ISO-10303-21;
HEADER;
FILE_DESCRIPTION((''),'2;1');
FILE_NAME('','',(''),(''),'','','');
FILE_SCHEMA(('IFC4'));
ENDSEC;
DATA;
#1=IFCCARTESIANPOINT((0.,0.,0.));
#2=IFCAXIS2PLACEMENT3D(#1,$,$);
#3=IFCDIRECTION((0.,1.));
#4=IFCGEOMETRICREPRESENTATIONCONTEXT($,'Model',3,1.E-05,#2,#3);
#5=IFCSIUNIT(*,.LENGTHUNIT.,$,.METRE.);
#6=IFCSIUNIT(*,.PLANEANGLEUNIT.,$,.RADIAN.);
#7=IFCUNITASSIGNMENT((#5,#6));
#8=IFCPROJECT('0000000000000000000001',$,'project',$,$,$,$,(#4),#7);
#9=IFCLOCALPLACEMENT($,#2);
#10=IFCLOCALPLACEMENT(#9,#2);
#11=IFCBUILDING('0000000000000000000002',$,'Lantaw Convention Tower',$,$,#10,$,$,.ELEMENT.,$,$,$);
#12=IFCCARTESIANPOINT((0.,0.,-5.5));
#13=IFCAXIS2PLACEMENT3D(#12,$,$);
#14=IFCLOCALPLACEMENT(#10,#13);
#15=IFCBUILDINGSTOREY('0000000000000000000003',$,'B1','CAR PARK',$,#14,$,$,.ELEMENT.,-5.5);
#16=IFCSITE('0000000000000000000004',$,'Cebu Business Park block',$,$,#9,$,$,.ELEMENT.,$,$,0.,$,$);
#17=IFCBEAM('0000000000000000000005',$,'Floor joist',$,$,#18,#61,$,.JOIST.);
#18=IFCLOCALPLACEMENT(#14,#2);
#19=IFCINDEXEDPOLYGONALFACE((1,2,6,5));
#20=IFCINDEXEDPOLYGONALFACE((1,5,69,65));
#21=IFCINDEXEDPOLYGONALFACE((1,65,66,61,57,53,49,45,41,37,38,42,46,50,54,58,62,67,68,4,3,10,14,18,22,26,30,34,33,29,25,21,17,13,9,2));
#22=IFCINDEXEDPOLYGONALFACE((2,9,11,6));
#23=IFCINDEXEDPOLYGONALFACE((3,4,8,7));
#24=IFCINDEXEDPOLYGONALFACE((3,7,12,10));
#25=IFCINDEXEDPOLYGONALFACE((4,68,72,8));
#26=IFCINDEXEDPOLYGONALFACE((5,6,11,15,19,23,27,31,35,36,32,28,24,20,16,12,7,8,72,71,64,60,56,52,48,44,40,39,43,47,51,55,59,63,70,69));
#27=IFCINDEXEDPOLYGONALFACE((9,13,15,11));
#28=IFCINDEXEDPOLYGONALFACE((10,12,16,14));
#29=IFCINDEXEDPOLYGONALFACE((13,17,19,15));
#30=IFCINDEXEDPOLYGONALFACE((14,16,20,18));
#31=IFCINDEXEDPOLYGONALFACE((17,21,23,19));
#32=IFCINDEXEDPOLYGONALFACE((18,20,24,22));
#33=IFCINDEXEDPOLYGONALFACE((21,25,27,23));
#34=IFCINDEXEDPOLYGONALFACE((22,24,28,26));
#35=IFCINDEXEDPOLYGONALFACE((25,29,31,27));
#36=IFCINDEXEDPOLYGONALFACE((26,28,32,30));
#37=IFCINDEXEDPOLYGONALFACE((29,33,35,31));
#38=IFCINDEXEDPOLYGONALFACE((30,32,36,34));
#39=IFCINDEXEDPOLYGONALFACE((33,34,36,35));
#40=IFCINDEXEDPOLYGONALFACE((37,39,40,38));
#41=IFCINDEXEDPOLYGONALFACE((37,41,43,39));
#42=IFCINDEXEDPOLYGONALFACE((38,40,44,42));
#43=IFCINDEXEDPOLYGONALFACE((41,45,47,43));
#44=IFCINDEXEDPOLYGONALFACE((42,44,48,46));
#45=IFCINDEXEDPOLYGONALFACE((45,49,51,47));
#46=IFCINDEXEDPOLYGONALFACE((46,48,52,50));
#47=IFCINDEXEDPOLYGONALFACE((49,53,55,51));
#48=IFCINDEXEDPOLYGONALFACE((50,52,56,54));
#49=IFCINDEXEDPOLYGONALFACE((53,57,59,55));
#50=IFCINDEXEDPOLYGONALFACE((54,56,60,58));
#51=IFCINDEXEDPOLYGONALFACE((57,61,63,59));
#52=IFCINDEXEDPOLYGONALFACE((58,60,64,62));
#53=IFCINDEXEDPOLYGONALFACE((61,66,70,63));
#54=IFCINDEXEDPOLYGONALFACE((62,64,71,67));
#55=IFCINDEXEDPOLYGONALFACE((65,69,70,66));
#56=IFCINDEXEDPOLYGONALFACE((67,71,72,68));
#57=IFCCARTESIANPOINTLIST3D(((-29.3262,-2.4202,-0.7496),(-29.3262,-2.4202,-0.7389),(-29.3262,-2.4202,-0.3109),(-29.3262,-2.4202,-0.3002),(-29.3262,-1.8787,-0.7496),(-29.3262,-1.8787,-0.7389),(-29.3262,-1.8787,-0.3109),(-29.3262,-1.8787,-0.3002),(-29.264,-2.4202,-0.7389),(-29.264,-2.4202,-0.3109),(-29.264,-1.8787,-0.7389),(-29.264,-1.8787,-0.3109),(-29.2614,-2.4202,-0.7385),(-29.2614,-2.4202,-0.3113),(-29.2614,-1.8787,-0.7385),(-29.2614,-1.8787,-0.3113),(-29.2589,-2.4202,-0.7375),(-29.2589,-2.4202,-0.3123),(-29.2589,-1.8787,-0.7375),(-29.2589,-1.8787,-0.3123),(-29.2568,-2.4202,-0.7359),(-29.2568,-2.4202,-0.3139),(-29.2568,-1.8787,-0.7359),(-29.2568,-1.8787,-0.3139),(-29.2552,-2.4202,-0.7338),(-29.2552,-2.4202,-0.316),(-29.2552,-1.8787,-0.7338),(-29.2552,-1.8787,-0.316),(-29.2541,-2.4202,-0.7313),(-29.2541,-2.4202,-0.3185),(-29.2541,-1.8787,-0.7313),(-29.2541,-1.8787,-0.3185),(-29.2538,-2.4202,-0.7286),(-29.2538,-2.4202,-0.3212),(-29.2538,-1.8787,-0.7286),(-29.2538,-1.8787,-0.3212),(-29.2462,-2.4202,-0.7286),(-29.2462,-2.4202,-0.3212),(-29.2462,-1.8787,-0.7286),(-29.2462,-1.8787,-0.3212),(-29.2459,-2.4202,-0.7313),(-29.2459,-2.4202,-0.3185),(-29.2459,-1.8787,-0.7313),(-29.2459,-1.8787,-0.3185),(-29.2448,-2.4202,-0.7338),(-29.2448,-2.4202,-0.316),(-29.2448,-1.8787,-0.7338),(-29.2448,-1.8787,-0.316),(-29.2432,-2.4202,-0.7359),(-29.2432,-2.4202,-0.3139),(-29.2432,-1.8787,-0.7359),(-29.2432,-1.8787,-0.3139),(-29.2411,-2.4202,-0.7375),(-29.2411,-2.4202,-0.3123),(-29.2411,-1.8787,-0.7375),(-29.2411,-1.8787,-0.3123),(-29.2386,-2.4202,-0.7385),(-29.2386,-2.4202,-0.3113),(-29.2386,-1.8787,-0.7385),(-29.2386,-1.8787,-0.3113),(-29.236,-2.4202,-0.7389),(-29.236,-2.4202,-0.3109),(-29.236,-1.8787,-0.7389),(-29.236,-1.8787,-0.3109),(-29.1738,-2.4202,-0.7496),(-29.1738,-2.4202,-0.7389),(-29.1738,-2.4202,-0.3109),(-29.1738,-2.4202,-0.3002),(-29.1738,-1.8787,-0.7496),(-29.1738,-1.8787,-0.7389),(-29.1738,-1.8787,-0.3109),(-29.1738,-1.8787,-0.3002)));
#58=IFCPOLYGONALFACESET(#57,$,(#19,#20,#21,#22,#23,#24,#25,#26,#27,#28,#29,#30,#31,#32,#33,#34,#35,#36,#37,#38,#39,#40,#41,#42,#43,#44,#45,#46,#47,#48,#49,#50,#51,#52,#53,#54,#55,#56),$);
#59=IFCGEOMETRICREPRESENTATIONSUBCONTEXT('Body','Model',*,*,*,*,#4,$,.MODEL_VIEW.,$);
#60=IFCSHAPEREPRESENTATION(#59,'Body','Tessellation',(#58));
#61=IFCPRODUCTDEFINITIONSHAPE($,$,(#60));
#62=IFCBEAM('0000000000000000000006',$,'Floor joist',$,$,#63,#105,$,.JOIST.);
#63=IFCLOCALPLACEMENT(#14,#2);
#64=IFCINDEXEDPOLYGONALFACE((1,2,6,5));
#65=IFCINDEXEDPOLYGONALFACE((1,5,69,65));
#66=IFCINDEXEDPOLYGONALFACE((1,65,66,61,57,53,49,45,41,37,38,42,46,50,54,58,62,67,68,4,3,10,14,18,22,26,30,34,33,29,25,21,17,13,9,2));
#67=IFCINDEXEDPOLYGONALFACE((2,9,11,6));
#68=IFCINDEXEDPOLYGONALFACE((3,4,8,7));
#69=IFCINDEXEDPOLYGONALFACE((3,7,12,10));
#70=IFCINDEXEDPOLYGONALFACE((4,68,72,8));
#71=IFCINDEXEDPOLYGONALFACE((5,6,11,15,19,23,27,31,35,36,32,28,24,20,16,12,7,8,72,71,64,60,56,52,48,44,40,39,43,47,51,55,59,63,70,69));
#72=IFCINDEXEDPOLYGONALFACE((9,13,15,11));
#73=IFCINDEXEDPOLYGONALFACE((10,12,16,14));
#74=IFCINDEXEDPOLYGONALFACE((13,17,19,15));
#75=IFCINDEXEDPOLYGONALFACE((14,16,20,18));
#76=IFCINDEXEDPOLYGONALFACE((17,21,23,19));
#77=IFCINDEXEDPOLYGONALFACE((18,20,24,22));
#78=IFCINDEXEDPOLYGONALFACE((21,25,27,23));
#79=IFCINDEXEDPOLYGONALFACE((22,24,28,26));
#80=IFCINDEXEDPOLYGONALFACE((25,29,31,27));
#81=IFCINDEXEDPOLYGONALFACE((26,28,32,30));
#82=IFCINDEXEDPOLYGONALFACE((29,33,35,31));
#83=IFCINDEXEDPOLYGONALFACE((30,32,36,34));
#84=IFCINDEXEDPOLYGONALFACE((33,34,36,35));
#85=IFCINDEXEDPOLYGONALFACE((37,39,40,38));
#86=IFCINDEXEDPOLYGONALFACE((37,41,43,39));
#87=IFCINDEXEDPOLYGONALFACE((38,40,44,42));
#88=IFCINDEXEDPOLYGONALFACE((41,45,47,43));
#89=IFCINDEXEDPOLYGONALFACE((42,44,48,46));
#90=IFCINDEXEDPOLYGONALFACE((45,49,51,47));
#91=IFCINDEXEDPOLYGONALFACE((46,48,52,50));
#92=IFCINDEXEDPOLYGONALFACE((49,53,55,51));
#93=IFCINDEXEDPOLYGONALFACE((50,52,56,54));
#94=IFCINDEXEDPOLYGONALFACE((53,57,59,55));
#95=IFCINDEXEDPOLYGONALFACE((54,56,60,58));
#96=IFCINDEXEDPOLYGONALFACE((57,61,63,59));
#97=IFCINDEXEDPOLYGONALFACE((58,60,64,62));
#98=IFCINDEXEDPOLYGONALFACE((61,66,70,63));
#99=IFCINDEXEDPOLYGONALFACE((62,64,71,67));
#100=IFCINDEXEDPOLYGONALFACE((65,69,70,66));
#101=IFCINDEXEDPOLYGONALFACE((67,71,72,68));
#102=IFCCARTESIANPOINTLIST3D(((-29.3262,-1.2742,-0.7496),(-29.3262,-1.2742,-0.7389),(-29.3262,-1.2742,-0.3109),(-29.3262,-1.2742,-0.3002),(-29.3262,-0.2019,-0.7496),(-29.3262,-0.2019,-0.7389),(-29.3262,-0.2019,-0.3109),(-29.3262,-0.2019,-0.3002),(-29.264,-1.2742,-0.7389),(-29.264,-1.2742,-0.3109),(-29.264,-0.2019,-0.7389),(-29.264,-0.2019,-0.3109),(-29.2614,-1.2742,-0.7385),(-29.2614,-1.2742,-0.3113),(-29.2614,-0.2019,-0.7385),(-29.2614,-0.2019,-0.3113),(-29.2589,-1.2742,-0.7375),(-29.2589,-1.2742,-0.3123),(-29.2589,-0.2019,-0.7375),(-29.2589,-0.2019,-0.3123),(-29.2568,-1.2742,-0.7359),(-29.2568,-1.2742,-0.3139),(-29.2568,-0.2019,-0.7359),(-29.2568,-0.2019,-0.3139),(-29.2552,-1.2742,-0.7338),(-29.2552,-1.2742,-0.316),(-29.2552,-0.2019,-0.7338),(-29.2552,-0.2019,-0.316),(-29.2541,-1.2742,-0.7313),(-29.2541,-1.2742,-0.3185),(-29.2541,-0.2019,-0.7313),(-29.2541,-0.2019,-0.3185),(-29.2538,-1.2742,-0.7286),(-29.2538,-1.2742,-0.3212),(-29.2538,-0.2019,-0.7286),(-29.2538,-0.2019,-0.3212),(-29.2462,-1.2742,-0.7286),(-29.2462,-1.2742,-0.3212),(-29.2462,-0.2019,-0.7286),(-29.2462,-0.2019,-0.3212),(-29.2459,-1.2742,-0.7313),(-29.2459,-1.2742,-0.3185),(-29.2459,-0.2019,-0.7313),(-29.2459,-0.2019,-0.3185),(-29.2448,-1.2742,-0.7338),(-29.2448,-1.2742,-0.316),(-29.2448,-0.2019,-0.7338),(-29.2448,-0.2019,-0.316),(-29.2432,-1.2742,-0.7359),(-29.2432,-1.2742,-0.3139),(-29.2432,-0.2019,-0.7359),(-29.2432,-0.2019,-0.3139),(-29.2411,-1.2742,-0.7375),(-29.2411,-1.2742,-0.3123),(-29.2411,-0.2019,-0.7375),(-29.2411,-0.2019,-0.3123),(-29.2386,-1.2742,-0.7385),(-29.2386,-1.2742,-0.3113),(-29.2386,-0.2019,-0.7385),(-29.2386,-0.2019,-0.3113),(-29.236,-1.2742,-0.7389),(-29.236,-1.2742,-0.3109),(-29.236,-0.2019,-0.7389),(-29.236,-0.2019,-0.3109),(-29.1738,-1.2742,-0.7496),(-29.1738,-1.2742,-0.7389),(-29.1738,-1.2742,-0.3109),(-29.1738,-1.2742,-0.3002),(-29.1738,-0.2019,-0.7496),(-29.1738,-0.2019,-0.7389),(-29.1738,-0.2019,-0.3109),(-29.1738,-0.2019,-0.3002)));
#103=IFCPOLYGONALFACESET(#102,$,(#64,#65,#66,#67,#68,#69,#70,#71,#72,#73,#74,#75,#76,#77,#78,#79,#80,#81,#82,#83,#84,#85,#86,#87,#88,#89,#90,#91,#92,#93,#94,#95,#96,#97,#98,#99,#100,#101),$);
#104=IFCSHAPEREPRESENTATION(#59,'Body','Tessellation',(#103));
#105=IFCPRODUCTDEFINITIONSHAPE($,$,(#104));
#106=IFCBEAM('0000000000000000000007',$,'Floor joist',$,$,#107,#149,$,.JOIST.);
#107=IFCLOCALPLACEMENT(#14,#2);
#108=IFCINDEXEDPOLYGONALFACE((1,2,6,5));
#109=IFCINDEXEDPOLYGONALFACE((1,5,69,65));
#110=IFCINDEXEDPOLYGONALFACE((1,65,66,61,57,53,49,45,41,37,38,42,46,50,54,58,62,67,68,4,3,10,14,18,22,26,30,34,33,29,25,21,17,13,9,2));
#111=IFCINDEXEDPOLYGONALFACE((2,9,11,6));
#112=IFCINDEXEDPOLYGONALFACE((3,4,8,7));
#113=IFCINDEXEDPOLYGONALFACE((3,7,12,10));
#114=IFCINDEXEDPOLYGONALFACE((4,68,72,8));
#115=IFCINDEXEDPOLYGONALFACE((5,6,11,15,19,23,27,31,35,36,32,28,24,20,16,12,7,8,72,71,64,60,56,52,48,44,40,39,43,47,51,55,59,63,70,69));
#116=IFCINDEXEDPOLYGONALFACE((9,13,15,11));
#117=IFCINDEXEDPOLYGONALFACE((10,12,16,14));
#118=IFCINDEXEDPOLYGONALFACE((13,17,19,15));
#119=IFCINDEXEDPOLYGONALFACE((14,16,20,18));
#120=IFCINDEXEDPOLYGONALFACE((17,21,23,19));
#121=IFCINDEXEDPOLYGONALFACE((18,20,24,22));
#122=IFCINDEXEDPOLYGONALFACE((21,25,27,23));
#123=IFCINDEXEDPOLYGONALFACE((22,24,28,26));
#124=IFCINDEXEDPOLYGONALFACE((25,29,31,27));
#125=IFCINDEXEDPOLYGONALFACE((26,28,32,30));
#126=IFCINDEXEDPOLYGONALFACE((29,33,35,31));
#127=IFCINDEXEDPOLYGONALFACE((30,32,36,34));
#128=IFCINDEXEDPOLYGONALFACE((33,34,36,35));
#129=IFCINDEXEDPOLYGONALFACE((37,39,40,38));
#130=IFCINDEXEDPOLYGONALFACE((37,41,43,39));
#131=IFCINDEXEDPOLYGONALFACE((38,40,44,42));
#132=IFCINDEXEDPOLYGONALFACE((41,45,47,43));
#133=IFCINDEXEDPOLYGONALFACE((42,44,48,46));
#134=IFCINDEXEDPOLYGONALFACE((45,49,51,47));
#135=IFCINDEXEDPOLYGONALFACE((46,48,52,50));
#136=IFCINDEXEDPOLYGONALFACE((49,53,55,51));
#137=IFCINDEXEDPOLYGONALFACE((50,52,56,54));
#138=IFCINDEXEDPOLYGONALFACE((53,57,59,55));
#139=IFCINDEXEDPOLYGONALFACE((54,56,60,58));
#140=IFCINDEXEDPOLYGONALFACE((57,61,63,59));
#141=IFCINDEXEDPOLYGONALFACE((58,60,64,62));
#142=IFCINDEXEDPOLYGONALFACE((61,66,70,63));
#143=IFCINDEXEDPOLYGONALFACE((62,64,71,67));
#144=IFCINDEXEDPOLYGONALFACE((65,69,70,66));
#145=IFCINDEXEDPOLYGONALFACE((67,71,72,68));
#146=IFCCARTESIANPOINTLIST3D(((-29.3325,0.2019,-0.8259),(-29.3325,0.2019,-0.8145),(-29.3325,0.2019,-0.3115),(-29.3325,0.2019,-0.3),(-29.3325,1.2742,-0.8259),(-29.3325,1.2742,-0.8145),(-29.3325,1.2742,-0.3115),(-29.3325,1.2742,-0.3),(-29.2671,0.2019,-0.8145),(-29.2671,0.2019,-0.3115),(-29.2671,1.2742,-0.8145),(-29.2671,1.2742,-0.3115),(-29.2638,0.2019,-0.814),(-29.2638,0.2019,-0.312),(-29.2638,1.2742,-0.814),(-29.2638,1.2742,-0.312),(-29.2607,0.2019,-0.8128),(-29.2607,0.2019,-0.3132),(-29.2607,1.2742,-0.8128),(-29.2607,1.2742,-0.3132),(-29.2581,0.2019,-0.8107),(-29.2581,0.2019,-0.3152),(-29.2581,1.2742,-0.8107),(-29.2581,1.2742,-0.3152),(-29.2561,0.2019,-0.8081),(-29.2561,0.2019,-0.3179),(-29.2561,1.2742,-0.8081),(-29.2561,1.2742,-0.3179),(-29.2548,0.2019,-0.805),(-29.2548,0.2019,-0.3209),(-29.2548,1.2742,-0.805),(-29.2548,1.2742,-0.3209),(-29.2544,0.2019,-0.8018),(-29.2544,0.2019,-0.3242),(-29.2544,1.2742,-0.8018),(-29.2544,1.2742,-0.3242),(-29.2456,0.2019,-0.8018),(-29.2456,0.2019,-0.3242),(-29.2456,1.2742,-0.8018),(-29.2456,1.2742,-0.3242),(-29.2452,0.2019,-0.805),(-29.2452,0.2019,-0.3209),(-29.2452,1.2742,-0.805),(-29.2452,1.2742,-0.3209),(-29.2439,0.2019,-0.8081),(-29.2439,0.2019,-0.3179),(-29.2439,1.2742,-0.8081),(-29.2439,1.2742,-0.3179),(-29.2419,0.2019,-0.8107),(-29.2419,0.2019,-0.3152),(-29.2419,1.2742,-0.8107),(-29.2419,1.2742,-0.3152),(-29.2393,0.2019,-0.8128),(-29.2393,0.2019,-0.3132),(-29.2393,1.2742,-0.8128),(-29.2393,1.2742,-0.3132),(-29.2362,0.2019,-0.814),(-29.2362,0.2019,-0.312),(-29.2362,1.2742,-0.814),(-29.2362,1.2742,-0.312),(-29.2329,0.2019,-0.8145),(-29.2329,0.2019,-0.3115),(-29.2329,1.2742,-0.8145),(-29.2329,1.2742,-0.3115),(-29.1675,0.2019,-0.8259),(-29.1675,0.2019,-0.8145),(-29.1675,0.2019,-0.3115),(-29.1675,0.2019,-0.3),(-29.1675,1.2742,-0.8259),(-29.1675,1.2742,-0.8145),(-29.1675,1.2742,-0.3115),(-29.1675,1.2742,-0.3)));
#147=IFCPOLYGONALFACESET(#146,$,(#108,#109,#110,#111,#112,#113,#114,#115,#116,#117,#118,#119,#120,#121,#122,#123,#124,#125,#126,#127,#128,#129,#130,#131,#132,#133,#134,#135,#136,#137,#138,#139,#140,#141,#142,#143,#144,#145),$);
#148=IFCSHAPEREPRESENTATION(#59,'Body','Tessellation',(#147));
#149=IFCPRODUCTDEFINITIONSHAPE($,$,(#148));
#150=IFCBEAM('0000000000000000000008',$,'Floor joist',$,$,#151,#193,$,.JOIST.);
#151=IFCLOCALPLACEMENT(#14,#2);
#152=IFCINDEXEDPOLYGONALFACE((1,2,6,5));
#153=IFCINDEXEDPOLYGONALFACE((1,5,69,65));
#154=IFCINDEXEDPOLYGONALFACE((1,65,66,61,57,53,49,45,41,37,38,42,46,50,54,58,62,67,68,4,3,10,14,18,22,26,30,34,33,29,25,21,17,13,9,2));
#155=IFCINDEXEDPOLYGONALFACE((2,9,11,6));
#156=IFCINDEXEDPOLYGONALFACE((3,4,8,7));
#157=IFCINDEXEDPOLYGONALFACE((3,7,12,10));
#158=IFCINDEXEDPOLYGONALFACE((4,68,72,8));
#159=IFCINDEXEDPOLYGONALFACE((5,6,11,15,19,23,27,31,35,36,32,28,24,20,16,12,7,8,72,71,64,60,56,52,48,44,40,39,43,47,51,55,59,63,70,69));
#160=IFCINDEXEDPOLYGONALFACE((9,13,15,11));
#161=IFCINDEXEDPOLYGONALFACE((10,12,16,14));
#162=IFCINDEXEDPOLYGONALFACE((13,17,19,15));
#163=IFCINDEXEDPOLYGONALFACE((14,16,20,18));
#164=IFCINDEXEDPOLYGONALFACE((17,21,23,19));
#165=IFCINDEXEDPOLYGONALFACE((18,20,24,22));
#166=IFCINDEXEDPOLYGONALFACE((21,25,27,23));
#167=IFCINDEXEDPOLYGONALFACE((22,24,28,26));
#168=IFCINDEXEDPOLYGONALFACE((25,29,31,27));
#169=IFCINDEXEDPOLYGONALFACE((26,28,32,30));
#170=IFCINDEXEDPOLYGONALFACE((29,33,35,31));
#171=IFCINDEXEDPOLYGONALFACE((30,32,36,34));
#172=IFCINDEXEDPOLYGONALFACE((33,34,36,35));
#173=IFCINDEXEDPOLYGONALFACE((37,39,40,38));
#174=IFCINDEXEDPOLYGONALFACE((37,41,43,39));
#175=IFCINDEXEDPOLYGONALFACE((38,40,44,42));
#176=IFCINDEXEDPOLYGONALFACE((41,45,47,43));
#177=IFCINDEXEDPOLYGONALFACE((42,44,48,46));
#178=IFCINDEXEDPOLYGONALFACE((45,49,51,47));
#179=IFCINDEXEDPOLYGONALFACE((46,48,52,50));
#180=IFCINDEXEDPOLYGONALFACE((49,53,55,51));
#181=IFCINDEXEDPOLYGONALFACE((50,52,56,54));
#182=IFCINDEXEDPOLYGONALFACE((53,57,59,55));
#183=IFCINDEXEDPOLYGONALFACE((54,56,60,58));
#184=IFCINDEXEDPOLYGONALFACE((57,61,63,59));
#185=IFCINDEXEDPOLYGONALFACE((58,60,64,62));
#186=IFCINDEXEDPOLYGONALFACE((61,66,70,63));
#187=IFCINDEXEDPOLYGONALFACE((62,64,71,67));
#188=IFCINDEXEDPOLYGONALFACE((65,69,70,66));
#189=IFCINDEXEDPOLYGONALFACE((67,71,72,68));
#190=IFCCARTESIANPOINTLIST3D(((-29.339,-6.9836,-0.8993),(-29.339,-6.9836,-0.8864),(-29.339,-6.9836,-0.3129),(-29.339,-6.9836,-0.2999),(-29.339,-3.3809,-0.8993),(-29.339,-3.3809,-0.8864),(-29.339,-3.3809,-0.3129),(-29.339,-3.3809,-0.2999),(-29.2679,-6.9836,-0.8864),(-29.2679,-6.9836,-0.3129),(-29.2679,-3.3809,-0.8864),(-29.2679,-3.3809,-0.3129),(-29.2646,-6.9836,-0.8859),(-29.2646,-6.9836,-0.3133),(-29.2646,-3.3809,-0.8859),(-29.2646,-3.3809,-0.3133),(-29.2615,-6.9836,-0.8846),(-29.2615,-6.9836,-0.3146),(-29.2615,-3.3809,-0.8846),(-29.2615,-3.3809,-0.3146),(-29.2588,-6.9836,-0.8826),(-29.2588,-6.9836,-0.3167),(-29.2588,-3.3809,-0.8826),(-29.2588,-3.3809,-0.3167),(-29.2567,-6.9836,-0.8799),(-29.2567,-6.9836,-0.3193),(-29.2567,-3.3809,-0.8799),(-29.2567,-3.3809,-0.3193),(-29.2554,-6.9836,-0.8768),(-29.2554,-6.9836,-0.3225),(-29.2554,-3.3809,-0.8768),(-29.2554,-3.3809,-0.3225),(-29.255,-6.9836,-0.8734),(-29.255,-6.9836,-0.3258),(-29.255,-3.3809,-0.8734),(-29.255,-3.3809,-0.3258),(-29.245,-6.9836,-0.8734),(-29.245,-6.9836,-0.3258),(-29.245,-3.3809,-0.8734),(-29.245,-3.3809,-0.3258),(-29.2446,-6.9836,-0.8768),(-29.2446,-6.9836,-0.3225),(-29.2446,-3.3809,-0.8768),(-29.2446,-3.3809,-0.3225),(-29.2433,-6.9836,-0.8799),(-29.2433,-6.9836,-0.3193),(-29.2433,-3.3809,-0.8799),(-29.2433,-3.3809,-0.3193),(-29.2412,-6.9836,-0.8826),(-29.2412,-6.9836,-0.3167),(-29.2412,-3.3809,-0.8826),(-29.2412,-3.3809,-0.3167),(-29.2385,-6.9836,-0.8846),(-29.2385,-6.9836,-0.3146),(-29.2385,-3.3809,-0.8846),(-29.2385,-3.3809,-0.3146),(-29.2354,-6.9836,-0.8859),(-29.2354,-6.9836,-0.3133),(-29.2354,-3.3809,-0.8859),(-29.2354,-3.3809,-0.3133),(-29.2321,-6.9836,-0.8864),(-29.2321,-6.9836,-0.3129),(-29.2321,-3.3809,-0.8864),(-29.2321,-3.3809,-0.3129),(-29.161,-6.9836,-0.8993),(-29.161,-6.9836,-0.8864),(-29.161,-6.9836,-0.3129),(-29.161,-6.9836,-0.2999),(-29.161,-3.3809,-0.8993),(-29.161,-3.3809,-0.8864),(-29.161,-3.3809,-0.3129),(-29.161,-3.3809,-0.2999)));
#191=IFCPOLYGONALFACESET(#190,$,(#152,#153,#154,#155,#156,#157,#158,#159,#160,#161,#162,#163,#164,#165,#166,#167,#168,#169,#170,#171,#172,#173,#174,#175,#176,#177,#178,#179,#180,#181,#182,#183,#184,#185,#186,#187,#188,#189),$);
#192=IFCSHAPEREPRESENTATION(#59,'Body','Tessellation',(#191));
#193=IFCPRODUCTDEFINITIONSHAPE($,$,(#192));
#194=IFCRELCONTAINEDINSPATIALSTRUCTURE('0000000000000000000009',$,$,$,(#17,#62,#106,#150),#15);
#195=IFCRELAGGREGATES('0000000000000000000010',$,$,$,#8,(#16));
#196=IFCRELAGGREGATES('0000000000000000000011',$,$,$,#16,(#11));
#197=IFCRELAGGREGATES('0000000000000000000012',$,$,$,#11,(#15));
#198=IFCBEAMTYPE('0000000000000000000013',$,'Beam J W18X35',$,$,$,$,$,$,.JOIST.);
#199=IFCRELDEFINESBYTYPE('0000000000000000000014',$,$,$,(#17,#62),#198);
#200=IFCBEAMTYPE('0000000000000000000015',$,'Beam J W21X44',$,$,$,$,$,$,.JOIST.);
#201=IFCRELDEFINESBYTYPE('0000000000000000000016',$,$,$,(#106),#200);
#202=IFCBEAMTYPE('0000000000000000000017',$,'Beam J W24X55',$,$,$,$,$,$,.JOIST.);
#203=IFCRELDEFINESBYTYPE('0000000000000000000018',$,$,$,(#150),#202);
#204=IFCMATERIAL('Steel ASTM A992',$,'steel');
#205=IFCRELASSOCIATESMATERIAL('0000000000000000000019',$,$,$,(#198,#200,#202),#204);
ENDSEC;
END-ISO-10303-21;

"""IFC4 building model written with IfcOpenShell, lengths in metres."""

from ifc_helpers import new_model, si_unit, direction, frame, origin, origin_2d, place, context, subcontext, project, spatial, i_section, extrude, material, material_profile, profile_set, type_object, element, save


model = new_model("IFC4")

# Units and contexts
model_context = context("Model", 3, precision=1e-05, world=origin(), true_north=direction((0.0, 1.0)))
body_context = subcontext(model_context, "Body", "Model", "MODEL_VIEW")
ifc_project = project(units=[si_unit("LENGTHUNIT", "METRE"), si_unit("PLANEANGLEUNIT", "RADIAN")], contexts=[model_context])

# Site, building, storey
site_placement = place(None, origin())
site = spatial("IfcSite", under=ifc_project, at=site_placement, Name="Cebu Business Park block", CompositionType="ELEMENT", RefElevation=0.0)
building_placement = place(site_placement, origin())
building = spatial("IfcBuilding", under=site, at=building_placement, Name="Lantaw Convention Tower", CompositionType="ELEMENT")
storey_placement = place(building_placement, frame((0.0, 0.0, -5.5)))
storey = spatial("IfcBuildingStorey", under=building, at=storey_placement, Name="B1", Description="CAR PARK", CompositionType="ELEMENT", Elevation=-5.5)

# Beams
ifc_material_1 = material(Name="Steel ASTM A992", Category="steel")
ifc_material_profile_1 = material_profile(ifc_material_1, i_section(OverallWidth=0.1523, OverallDepth=0.4495, WebThickness=0.0076, FlangeThickness=0.0107, FilletRadius=0.0103, at=origin_2d()), Name="W18X35")
ifc_profile_set_1 = profile_set([ifc_material_profile_1], Name="Steel ASTM A992")
beam_type_1 = type_object("IfcBeamType", Name="Beam J W18X35", PredefinedType="JOIST", material=ifc_profile_set_1)
beam_1_placement = place(storey_placement, frame((-29.25, -2.4202, -0.5249), z_axis=(0.0, 1.0, 0.0), x_axis=(-1.0, 0.0, 0.0)))
element("IfcBeam", 1, at=beam_1_placement, inside=storey, type_object=beam_type_1, Name="Floor joist", PredefinedType="JOIST", context=body_context, shape_type="SweptSolid", body=[
    extrude(i_section(OverallWidth=0.1523, OverallDepth=0.4495, WebThickness=0.0076, FlangeThickness=0.0107, FilletRadius=0.0103, at=origin_2d()), origin(), (0.0, 0.0, 1.0), 0.5415),
])
beam_2_placement = place(storey_placement, frame((-29.25, -1.2742, -0.5249), z_axis=(0.0, 1.0, 0.0), x_axis=(-1.0, 0.0, 0.0)))
element("IfcBeam", 2, at=beam_2_placement, inside=storey, type_object=beam_type_1, Name="Floor joist", PredefinedType="JOIST", context=body_context, shape_type="SweptSolid", body=[
    extrude(i_section(OverallWidth=0.1523, OverallDepth=0.4495, WebThickness=0.0076, FlangeThickness=0.0107, FilletRadius=0.0103, at=origin_2d()), origin(), (0.0, 0.0, 1.0), 1.0723),
])
ifc_material_profile_2 = material_profile(ifc_material_1, i_section(OverallWidth=0.165, OverallDepth=0.5259, WebThickness=0.0088, FlangeThickness=0.0115, FilletRadius=0.0127, at=origin_2d()), Name="W21X44")
ifc_profile_set_2 = profile_set([ifc_material_profile_2], Name="Steel ASTM A992")
beam_type_2 = type_object("IfcBeamType", Name="Beam J W21X44", PredefinedType="JOIST", material=ifc_profile_set_2)
beam_3_placement = place(storey_placement, frame((-29.25, 0.2019, -0.563), z_axis=(0.0, 1.0, 0.0), x_axis=(-1.0, 0.0, 0.0)))
element("IfcBeam", 3, at=beam_3_placement, inside=storey, type_object=beam_type_2, Name="Floor joist", PredefinedType="JOIST", context=body_context, shape_type="SweptSolid", body=[
    extrude(i_section(OverallWidth=0.165, OverallDepth=0.5259, WebThickness=0.0088, FlangeThickness=0.0115, FilletRadius=0.0127, at=origin_2d()), origin(), (0.0, 0.0, 1.0), 1.0723),
])
ifc_material_profile_3 = material_profile(ifc_material_1, i_section(OverallWidth=0.178, OverallDepth=0.5994, WebThickness=0.01, FlangeThickness=0.0129, FilletRadius=0.0129, at=origin_2d()), Name="W24X55")
ifc_profile_set_3 = profile_set([ifc_material_profile_3], Name="Steel ASTM A992")
beam_type_3 = type_object("IfcBeamType", Name="Beam J W24X55", PredefinedType="JOIST", material=ifc_profile_set_3)
beam_4_placement = place(storey_placement, frame((-29.25, -6.9836, -0.5996), z_axis=(0.0, 1.0, 0.0), x_axis=(-1.0, 0.0, 0.0)))
element("IfcBeam", 4, at=beam_4_placement, inside=storey, type_object=beam_type_3, Name="Floor joist", PredefinedType="JOIST", context=body_context, shape_type="SweptSolid", body=[
    extrude(i_section(OverallWidth=0.178, OverallDepth=0.5994, WebThickness=0.01, FlangeThickness=0.0129, FilletRadius=0.0129, at=origin_2d()), origin(), (0.0, 0.0, 1.0), 3.6028),
])

save(model, "model.ifc")
